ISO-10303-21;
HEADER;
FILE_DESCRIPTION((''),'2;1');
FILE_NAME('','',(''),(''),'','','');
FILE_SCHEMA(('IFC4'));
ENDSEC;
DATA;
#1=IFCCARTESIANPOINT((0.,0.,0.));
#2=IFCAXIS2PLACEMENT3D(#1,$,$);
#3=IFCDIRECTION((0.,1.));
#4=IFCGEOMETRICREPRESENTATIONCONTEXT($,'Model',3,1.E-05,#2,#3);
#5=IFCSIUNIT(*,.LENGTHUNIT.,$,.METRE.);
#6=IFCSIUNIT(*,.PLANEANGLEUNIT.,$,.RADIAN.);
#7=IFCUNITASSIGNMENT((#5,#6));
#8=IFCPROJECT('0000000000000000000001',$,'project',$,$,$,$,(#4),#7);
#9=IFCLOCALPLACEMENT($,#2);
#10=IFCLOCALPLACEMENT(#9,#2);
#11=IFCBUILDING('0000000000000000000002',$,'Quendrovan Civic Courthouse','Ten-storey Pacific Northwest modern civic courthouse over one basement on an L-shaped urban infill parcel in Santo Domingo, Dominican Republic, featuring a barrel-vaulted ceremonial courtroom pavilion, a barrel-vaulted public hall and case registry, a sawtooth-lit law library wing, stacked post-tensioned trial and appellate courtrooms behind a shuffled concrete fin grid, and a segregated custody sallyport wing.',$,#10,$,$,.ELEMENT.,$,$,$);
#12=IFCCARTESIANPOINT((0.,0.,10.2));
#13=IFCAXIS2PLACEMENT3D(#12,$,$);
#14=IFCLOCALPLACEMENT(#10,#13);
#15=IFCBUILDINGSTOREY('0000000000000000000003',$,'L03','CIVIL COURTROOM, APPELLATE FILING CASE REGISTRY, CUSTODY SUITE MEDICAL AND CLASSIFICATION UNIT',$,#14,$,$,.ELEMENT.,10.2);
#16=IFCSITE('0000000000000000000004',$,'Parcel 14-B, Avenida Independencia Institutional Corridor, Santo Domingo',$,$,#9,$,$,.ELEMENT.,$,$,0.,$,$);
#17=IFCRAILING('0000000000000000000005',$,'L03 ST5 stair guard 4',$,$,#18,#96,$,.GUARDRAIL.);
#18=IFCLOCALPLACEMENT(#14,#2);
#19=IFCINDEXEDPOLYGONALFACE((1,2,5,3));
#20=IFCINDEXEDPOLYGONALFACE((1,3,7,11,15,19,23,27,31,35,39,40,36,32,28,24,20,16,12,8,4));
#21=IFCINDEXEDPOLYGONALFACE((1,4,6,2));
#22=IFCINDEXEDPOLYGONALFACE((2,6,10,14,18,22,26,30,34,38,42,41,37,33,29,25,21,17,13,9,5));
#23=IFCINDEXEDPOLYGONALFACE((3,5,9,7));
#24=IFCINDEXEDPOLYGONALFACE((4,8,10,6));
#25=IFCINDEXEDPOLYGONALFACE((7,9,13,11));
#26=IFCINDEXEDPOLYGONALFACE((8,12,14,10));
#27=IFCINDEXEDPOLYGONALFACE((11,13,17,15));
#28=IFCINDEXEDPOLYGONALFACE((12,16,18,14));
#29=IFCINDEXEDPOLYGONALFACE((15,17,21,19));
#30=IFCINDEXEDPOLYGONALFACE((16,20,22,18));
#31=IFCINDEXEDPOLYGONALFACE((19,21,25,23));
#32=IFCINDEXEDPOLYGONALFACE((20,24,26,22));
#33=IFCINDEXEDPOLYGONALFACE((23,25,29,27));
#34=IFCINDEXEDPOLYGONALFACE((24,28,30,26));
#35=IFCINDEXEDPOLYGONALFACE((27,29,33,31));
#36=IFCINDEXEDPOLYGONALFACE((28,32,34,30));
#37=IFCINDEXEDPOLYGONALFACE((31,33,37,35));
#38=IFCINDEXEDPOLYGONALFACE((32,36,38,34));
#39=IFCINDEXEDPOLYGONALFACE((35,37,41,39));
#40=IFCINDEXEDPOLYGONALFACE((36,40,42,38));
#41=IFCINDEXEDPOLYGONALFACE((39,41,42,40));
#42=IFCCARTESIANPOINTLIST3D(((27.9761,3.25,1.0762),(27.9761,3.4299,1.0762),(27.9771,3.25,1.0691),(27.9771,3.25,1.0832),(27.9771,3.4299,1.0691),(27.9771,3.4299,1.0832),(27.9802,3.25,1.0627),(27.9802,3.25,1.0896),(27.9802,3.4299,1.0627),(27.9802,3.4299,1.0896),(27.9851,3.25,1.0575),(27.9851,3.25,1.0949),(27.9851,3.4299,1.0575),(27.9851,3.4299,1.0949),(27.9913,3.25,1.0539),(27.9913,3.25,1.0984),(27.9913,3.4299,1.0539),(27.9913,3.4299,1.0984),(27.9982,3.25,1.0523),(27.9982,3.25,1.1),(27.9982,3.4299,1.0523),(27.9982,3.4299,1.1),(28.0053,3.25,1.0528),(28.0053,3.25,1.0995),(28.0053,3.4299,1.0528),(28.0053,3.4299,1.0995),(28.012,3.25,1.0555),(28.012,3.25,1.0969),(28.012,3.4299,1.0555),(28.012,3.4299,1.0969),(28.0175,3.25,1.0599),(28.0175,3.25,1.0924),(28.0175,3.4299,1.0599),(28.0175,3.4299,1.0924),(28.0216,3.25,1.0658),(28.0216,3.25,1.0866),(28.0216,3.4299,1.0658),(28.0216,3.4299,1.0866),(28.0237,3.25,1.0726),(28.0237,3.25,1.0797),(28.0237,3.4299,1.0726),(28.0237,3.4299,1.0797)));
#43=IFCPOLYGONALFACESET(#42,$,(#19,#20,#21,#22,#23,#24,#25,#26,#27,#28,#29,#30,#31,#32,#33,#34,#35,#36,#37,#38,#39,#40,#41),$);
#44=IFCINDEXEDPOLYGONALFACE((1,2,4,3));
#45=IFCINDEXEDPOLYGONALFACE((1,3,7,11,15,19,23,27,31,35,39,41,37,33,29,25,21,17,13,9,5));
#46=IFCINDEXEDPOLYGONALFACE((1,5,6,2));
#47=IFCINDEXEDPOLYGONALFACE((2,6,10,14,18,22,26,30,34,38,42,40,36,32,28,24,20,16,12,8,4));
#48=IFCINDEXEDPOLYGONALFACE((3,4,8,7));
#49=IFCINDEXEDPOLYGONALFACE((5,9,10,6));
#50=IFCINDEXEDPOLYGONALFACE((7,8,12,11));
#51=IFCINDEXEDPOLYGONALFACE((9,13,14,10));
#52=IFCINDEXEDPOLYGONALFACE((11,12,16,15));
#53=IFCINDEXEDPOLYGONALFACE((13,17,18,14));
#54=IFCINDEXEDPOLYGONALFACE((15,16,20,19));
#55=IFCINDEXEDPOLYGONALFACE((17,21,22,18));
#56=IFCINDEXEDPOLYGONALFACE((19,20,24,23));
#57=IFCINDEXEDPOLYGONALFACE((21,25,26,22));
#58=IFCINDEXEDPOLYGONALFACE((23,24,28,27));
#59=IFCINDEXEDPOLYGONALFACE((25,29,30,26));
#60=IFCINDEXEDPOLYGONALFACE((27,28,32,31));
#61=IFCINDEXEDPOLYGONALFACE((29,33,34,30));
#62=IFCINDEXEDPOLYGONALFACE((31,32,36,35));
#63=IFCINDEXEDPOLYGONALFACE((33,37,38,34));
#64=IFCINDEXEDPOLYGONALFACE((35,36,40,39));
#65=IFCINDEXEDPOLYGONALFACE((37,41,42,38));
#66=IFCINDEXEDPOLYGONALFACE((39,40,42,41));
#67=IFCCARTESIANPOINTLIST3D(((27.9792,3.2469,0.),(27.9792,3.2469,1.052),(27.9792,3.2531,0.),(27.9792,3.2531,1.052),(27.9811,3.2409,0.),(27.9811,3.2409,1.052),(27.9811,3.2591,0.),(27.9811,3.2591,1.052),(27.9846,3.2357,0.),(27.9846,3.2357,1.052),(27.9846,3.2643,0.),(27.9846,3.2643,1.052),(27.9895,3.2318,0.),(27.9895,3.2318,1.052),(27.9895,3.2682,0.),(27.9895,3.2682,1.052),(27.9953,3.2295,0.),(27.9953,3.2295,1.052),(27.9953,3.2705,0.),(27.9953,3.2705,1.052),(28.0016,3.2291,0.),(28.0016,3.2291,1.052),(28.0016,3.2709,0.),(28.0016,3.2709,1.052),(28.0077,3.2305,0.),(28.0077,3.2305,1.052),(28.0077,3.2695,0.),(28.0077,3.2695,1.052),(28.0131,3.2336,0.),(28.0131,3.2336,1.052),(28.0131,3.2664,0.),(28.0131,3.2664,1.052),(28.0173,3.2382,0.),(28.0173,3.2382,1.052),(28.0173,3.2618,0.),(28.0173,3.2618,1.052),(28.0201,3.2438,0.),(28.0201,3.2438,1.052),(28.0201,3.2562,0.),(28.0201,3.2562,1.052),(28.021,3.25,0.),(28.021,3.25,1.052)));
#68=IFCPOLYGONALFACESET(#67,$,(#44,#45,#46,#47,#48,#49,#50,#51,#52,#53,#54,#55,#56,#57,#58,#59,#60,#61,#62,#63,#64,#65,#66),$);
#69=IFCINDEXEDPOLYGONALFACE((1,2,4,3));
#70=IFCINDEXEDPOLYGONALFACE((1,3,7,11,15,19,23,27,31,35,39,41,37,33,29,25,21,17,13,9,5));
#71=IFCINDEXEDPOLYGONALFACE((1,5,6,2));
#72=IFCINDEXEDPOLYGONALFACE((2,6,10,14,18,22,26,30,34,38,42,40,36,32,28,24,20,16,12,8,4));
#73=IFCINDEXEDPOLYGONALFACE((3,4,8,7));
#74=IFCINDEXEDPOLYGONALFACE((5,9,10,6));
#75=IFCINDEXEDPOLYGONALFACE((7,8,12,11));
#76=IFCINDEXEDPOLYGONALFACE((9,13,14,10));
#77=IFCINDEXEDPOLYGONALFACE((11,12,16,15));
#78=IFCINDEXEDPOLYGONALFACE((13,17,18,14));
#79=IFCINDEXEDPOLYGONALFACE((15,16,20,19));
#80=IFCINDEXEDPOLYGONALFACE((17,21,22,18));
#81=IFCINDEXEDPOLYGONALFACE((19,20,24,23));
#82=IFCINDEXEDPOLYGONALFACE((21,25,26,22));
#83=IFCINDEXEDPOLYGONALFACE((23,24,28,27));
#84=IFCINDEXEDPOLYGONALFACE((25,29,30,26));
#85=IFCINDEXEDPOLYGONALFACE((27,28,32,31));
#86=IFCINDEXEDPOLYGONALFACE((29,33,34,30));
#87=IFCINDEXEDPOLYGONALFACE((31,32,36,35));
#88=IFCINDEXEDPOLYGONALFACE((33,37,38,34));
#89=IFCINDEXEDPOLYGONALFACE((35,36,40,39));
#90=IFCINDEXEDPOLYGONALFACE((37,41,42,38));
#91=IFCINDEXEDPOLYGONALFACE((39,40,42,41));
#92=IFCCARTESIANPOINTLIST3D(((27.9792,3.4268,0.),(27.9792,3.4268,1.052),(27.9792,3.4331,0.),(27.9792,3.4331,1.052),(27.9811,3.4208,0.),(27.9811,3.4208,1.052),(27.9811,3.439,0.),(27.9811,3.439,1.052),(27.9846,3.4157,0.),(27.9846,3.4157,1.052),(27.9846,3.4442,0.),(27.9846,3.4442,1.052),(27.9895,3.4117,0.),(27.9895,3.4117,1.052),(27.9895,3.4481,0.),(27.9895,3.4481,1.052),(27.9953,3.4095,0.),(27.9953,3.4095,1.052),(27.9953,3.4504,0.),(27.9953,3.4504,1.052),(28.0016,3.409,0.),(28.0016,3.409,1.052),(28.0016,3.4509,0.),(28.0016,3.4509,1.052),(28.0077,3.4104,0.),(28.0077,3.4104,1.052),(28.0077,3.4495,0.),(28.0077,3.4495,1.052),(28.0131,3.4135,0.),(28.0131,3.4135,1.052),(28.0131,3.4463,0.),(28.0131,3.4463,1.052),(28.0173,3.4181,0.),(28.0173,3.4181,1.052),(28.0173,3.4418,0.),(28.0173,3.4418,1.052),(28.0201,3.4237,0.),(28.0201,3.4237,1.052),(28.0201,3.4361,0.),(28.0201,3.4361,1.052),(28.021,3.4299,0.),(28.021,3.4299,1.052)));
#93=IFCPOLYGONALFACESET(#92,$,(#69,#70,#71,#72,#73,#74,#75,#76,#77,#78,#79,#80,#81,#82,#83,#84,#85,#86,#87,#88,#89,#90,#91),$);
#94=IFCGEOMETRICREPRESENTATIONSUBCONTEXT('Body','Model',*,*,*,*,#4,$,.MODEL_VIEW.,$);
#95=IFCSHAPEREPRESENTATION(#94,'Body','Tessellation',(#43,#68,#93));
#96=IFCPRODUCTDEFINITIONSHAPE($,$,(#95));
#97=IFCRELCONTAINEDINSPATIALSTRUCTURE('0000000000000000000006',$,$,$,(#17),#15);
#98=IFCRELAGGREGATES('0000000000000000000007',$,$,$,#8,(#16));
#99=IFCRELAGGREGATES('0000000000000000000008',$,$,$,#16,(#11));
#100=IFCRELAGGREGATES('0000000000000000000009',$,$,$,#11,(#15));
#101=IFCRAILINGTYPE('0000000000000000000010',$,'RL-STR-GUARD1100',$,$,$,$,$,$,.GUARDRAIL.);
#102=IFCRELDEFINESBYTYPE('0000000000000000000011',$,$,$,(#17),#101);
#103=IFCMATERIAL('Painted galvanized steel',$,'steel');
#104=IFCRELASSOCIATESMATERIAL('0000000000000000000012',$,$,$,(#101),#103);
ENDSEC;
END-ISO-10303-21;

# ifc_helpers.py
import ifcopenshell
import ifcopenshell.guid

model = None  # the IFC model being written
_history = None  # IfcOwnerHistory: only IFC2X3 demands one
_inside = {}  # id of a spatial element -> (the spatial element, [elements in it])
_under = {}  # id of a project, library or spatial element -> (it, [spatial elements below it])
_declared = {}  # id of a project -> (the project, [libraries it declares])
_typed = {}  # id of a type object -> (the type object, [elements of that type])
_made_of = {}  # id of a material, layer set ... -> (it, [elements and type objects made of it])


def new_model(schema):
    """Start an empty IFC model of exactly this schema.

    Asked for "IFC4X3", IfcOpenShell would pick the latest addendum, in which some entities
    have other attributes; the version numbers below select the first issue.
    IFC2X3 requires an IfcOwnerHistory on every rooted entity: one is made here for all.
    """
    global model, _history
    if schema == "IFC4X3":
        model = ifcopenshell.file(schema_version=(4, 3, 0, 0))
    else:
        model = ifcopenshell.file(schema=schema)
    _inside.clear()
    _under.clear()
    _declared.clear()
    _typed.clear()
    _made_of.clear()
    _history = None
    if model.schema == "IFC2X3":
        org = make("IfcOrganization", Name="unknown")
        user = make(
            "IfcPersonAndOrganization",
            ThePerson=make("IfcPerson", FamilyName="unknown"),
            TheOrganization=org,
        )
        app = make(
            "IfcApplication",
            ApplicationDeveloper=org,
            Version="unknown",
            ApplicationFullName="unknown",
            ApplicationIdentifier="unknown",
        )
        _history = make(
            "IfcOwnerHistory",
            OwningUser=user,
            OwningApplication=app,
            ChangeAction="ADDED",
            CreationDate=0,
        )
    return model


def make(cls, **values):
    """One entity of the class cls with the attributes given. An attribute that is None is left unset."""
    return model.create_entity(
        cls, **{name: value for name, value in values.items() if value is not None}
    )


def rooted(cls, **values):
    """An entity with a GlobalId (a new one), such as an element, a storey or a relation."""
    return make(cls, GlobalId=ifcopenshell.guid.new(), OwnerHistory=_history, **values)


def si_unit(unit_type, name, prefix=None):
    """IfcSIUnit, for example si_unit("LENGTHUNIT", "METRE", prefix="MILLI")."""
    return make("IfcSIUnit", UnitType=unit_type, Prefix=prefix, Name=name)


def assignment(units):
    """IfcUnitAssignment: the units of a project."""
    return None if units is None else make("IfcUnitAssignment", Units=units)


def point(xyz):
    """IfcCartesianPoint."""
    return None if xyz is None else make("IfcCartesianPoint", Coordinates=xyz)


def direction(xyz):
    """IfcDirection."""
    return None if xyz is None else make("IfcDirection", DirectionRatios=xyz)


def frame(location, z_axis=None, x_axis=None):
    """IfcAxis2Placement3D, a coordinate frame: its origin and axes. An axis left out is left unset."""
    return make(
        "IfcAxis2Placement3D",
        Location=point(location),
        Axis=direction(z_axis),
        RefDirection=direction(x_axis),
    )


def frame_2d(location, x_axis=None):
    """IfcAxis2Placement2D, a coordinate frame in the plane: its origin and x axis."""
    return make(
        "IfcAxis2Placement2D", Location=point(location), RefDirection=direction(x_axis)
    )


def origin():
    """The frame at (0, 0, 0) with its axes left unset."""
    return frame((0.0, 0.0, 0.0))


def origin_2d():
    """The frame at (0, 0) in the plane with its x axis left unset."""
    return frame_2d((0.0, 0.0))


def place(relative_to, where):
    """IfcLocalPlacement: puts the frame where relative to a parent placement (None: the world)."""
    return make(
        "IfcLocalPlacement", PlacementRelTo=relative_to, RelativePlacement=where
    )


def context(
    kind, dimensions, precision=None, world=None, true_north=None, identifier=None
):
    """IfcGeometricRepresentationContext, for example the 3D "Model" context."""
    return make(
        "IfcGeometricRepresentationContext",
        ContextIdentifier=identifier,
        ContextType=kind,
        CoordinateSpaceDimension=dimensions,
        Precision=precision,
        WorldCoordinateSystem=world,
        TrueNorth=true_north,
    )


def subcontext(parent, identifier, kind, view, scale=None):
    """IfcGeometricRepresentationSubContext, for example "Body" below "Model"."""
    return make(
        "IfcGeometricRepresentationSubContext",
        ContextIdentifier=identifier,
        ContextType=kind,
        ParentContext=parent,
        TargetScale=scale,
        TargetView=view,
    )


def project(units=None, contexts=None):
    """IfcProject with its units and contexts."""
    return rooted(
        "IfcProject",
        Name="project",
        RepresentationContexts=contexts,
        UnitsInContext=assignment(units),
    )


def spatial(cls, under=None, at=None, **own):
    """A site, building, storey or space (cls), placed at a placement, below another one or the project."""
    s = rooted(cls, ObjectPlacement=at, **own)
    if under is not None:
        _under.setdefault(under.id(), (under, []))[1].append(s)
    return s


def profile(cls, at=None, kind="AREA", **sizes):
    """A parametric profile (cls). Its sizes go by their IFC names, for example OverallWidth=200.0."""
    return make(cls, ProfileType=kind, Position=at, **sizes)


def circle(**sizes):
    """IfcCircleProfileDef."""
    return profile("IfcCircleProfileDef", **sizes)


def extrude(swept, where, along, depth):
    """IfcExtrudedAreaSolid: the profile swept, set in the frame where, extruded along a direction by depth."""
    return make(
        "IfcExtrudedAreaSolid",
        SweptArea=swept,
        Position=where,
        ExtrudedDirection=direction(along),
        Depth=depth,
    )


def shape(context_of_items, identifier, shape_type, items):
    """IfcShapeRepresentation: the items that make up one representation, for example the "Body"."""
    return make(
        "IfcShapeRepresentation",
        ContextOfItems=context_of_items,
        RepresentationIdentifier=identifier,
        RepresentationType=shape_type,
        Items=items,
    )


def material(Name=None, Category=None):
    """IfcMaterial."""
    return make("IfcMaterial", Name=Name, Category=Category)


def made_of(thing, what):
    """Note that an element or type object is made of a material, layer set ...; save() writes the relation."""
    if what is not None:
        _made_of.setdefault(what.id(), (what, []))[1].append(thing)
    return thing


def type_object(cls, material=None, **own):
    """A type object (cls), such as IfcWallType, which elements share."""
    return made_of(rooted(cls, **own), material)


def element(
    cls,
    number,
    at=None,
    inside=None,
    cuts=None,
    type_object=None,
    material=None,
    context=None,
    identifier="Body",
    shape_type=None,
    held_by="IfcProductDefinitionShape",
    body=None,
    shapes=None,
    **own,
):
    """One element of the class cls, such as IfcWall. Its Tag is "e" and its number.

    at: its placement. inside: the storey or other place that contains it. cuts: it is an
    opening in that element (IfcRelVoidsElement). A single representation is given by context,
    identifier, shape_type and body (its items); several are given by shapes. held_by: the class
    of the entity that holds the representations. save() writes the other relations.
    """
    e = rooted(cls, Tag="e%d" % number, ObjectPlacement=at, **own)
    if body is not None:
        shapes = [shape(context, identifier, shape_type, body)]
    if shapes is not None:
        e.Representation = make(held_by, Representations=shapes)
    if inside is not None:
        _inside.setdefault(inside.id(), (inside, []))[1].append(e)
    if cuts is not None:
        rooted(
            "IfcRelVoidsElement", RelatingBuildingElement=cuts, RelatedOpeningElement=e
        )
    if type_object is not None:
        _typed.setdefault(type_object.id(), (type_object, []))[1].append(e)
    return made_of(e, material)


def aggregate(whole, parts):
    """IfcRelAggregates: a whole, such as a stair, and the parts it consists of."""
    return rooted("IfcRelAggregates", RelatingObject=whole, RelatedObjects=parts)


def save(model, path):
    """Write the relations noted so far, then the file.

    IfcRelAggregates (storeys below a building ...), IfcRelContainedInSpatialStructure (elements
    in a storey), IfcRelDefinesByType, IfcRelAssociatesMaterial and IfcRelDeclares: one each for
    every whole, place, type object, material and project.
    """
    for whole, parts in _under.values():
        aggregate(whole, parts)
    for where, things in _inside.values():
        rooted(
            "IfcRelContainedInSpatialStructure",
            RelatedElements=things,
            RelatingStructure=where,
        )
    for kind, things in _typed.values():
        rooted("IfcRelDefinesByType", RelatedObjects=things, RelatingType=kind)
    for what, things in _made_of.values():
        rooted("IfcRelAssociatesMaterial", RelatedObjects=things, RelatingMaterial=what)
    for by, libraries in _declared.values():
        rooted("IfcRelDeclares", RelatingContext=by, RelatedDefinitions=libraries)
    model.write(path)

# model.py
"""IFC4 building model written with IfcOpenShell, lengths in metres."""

from ifc_helpers import new_model, si_unit, direction, frame, origin, origin_2d, place, context, subcontext, project, spatial, circle, extrude, material, type_object, element, save


model = new_model("IFC4")

# Units and contexts
model_context = context("Model", 3, precision=1e-05, world=origin(), true_north=direction((0.0, 1.0)))
body_context = subcontext(model_context, "Body", "Model", "MODEL_VIEW")
ifc_project = project(units=[si_unit("LENGTHUNIT", "METRE"), si_unit("PLANEANGLEUNIT", "RADIAN")], contexts=[model_context])

# Site, building, storey
site_placement = place(None, origin())
site = spatial("IfcSite", under=ifc_project, at=site_placement, Name="Parcel 14-B, Avenida Independencia Institutional Corridor, Santo Domingo", CompositionType="ELEMENT", RefElevation=0.0)
building_placement = place(site_placement, origin())
building = spatial("IfcBuilding", under=site, at=building_placement, Name="Quendrovan Civic Courthouse", Description="Ten-storey Pacific Northwest modern civic courthouse over one basement on an L-shaped urban infill parcel in Santo Domingo, Dominican Republic, featuring a barrel-vaulted ceremonial courtroom pavilion, a barrel-vaulted public hall and case registry, a sawtooth-lit law library wing, stacked post-tensioned trial and appellate courtrooms behind a shuffled concrete fin grid, and a segregated custody sallyport wing.", CompositionType="ELEMENT")
storey_placement = place(building_placement, frame((0.0, 0.0, 10.2)))
storey = spatial("IfcBuildingStorey", under=building, at=storey_placement, Name="L03", Description="CIVIL COURTROOM, APPELLATE FILING CASE REGISTRY, CUSTODY SUITE MEDICAL AND CLASSIFICATION UNIT", CompositionType="ELEMENT", Elevation=10.2)

# Railing
ifc_material_1 = material(Name="Painted galvanized steel", Category="steel")
railing_type_1 = type_object("IfcRailingType", Name="RL-STR-GUARD1100", PredefinedType="GUARDRAIL", material=ifc_material_1)
railing_1_placement = place(storey_placement, frame((28.0, 3.25, 0.0)))
element("IfcRailing", 1, at=railing_1_placement, inside=storey, type_object=railing_type_1, Name="L03 ST5 stair guard 4", PredefinedType="GUARDRAIL", context=body_context, shape_type="SweptSolid", body=[
    extrude(circle(Radius=0.0239, at=origin_2d()), frame((0.0, 0.0, 1.0762), z_axis=(0.0, 1.0, 0.0), x_axis=(-1.0, 0.0, 0.0)), (0.0, 0.0, 1.0), 0.1799),
    extrude(circle(Radius=0.021, at=origin_2d()), origin(), (0.0, 0.0, 1.0), 1.052),
    extrude(circle(Radius=0.021, at=origin_2d()), frame((0.0, 0.1799, 0.0)), (0.0, 0.0, 1.0), 1.052),
])

save(model, "model.ifc")
